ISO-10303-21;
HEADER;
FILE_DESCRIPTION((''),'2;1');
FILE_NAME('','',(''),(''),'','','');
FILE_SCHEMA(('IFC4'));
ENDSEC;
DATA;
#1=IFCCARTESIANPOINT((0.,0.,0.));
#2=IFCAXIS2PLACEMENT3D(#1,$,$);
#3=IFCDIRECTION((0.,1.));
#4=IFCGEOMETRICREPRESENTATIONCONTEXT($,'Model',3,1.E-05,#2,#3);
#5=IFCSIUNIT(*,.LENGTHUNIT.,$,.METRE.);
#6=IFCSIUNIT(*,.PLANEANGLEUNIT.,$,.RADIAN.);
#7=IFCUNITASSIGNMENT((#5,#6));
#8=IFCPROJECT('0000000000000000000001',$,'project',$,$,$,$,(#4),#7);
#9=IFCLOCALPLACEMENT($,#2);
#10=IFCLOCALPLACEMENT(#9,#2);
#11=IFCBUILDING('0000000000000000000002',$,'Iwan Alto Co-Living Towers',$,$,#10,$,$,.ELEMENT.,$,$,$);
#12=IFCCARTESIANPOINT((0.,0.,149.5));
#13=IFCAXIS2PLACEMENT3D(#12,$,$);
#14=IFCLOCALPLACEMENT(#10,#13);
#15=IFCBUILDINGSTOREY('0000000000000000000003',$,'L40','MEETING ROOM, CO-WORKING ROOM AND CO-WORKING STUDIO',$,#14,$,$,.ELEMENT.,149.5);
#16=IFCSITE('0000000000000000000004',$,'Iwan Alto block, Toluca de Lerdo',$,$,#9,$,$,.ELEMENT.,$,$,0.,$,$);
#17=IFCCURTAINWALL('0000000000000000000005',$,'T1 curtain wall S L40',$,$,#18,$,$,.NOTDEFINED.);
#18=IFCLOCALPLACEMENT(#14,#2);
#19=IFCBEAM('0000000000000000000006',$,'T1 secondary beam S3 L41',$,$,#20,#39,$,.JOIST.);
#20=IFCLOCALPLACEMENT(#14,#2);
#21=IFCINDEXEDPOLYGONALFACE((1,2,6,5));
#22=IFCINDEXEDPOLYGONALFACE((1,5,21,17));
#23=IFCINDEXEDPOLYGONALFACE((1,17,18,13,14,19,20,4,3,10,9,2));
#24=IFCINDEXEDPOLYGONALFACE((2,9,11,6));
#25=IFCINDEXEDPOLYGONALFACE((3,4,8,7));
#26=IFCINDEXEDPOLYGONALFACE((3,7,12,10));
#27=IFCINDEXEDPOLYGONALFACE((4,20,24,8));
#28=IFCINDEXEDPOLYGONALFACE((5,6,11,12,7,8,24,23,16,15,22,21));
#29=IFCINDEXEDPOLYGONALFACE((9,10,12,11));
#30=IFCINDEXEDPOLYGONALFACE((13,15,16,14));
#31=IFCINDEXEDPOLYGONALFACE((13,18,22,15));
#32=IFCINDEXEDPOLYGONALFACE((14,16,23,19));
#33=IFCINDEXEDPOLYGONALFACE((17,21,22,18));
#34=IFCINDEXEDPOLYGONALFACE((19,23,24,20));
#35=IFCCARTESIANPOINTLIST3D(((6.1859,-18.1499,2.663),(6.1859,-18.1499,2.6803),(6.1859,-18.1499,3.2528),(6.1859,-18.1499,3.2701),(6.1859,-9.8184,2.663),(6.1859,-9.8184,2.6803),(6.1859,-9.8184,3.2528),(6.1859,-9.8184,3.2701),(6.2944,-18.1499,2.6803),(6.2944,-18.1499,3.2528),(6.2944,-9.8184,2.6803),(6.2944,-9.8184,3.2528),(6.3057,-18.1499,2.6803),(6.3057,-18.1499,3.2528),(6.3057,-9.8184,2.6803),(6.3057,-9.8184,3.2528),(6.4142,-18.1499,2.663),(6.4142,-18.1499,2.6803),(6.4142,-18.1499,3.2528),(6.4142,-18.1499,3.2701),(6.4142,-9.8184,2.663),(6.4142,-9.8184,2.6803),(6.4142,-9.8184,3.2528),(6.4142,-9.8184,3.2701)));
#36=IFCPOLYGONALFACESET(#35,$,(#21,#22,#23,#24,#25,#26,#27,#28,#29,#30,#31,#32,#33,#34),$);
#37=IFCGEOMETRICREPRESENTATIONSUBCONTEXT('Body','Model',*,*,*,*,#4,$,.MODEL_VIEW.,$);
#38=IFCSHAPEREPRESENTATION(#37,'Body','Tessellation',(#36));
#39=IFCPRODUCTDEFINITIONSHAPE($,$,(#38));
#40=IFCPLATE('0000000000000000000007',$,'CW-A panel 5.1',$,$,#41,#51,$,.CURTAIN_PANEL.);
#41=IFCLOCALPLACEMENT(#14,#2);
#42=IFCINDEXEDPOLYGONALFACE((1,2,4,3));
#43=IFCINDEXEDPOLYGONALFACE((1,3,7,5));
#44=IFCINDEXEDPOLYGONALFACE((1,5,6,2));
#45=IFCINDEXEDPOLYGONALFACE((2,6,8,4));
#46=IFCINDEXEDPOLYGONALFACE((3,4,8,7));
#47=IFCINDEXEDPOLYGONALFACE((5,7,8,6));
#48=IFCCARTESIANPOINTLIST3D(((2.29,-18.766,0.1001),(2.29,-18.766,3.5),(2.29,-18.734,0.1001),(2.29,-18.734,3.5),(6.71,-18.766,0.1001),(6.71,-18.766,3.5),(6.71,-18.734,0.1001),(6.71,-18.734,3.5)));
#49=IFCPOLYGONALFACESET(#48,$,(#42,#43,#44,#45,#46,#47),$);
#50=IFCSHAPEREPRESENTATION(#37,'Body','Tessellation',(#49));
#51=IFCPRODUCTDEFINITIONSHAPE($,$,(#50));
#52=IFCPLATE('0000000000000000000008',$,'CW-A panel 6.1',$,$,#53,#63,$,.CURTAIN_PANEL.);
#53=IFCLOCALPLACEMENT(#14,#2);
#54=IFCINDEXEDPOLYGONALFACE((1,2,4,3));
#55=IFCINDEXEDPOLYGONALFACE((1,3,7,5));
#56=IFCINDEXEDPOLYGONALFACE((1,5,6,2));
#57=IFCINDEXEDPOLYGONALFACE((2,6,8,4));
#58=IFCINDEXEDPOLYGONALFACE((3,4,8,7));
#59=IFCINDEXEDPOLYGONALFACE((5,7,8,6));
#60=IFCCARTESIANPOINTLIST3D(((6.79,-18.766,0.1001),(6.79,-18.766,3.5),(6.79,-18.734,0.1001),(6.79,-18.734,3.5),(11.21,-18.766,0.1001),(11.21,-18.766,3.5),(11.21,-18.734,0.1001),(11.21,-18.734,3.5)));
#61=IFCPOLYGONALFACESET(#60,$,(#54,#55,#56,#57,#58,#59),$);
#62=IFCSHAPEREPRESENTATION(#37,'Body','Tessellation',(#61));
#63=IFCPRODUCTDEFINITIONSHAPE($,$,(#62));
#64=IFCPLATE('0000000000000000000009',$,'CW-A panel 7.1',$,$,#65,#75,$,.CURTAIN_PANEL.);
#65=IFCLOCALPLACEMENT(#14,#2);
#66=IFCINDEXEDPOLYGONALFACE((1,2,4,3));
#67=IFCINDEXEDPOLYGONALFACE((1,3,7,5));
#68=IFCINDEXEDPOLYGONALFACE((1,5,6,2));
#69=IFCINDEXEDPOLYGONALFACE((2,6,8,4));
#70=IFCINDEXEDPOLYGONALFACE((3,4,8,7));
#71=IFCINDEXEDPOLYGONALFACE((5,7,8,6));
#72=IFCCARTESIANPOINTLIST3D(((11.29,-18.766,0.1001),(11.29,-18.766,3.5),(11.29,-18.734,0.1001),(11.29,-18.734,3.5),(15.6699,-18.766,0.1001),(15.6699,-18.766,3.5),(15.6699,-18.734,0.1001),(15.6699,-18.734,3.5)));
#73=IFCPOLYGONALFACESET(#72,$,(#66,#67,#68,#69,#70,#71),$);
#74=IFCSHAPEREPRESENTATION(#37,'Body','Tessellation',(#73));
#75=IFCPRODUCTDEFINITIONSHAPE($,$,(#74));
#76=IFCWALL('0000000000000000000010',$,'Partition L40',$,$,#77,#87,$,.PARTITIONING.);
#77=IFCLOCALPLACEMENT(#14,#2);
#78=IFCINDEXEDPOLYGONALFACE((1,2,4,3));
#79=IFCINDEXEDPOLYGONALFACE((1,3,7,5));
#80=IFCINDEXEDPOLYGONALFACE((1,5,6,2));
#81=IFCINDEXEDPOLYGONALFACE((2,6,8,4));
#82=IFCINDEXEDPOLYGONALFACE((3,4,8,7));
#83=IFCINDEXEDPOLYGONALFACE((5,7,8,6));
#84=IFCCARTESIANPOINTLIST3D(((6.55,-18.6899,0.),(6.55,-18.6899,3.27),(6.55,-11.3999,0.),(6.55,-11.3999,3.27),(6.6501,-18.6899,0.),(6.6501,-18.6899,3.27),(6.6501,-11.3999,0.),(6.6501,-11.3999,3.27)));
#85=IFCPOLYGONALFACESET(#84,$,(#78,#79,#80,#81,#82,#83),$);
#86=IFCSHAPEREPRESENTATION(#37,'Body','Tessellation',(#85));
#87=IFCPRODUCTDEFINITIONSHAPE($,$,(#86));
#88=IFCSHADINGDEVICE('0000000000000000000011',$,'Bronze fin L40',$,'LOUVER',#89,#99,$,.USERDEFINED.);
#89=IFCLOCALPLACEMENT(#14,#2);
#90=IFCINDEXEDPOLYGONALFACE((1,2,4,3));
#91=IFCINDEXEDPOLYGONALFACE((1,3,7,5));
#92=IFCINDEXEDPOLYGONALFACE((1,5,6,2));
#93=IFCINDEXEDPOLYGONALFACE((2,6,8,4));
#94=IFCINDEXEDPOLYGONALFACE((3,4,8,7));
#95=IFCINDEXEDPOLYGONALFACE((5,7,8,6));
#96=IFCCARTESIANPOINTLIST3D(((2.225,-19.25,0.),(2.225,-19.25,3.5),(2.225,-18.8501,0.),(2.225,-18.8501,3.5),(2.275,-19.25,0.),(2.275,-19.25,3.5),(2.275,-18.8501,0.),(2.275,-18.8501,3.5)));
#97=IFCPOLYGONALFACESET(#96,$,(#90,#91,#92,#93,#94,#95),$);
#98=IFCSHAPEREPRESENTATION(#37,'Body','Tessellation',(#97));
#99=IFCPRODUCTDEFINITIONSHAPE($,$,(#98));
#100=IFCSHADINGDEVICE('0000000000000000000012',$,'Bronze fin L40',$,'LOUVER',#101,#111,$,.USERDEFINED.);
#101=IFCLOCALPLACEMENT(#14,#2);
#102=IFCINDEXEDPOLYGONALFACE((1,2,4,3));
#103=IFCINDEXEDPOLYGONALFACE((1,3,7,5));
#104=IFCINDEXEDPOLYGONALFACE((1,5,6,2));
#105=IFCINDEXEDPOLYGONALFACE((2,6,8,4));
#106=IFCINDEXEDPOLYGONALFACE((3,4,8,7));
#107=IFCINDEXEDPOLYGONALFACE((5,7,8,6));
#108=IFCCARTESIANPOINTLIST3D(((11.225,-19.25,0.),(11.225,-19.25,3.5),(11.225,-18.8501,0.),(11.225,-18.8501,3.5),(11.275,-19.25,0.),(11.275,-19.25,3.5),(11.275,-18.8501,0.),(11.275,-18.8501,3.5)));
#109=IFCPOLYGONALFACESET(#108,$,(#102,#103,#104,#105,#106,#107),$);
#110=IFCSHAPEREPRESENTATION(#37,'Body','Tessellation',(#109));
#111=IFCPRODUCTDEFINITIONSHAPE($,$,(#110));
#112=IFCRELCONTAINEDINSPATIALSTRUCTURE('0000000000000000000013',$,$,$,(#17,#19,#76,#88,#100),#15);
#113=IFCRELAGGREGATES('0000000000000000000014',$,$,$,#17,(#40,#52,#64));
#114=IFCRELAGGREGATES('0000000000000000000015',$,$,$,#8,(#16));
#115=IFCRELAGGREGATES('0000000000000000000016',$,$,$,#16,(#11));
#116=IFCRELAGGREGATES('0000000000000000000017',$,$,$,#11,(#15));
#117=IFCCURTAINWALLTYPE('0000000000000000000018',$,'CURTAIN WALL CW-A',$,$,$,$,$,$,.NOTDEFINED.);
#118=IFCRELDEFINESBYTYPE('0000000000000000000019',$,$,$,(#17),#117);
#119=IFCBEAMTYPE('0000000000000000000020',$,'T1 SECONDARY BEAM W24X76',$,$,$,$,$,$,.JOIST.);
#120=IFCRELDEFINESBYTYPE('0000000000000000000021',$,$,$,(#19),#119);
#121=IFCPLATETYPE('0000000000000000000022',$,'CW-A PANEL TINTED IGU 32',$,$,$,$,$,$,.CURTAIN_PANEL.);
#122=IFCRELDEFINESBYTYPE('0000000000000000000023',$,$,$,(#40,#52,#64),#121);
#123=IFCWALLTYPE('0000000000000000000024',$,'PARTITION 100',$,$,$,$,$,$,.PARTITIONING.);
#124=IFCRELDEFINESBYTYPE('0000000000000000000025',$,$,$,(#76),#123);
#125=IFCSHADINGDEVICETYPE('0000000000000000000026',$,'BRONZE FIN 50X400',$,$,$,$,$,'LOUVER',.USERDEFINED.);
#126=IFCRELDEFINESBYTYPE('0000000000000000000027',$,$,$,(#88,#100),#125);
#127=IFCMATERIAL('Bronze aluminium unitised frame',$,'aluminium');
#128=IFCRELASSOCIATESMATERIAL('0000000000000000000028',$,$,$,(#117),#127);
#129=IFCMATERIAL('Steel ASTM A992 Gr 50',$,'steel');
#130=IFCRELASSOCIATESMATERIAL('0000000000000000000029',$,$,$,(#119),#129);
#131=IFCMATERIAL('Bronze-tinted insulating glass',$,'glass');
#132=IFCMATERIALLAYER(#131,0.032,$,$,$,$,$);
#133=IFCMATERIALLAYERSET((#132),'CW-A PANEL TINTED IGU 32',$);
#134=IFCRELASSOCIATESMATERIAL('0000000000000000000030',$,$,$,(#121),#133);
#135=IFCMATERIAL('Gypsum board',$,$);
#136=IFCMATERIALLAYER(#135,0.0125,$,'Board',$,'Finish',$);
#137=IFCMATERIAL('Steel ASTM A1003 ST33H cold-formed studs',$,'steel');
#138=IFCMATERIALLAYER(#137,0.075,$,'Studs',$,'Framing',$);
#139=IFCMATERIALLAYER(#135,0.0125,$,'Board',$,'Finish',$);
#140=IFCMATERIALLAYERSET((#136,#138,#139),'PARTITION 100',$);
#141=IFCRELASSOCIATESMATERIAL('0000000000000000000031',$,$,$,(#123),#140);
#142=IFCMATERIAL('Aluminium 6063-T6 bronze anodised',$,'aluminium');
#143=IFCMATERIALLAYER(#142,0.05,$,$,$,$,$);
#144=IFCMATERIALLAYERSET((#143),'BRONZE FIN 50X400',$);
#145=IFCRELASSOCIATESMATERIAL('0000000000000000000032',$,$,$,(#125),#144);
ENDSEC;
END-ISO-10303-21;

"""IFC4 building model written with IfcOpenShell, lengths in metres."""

from ifc_helpers import new_model, si_unit, direction, frame, frame_2d, origin, origin_2d, place, context, subcontext, project, spatial, rectangle, i_section, extrude, material, layer, layer_set, material_profile, profile_set, type_object, element, aggregate, save


model = new_model("IFC4")

# Units and contexts
model_context = context("Model", 3, precision=1e-05, world=origin(), true_north=direction((0.0, 1.0)))
body_context = subcontext(model_context, "Body", "Model", "MODEL_VIEW")
ifc_project = project(units=[si_unit("LENGTHUNIT", "METRE"), si_unit("PLANEANGLEUNIT", "RADIAN")], contexts=[model_context])

# Site, building, storey
site_placement = place(None, origin())
site = spatial("IfcSite", under=ifc_project, at=site_placement, Name="Iwan Alto block, Toluca de Lerdo", CompositionType="ELEMENT", RefElevation=0.0)
building_placement = place(site_placement, origin())
building = spatial("IfcBuilding", under=site, at=building_placement, Name="Iwan Alto Co-Living Towers", CompositionType="ELEMENT")
storey_placement = place(building_placement, frame((0.0, 0.0, 149.5)))
storey = spatial("IfcBuildingStorey", under=building, at=storey_placement, Name="L40", Description="MEETING ROOM, CO-WORKING ROOM AND CO-WORKING STUDIO", CompositionType="ELEMENT", Elevation=149.5)

# Curtain wall
ifc_material_1 = material(Name="Bronze aluminium unitised frame", Category="aluminium")
curtain_wall_type = type_object("IfcCurtainWallType", Name="CURTAIN WALL CW-A", PredefinedType="NOTDEFINED", material=ifc_material_1)
curtain_wall_placement = place(storey_placement, origin())
curtain_wall = element("IfcCurtainWall", 1, at=curtain_wall_placement, inside=storey, type_object=curtain_wall_type, Name="T1 curtain wall S L40", PredefinedType="NOTDEFINED")

# Beam
ifc_material_2 = material(Name="Steel ASTM A992 Gr 50", Category="steel")
ifc_material_profile_1 = material_profile(ifc_material_2, i_section(OverallWidth=0.2283, OverallDepth=0.6072, WebThickness=0.0112, FlangeThickness=0.0173, at=origin_2d()), Name="W24X76")
ifc_profile_set_1 = profile_set([ifc_material_profile_1], Name="Steel ASTM A992 Gr 50")
beam_type_1 = type_object("IfcBeamType", Name="T1 SECONDARY BEAM W24X76", PredefinedType="JOIST", material=ifc_profile_set_1)
beam_1_placement = place(storey_placement, frame((6.3, -18.1499, 2.9666), z_axis=(0.0, 1.0, 0.0), x_axis=(-1.0, 0.0, 0.0)))
element("IfcBeam", 2, at=beam_1_placement, inside=storey, type_object=beam_type_1, Name="T1 secondary beam S3 L41", PredefinedType="JOIST", context=body_context, shape_type="SweptSolid", body=[
    extrude(i_section(OverallWidth=0.2283, OverallDepth=0.6072, WebThickness=0.0112, FlangeThickness=0.0173, at=origin_2d()), origin(), (0.0, 0.0, 1.0), 8.3315),
])

# Plates
ifc_material_3 = material(Name="Bronze-tinted insulating glass", Category="glass")
ifc_layer_1 = layer(ifc_material_3, 0.032)
ifc_layer_set_1 = layer_set([ifc_layer_1], Name="CW-A PANEL TINTED IGU 32")
plate_type = type_object("IfcPlateType", Name="CW-A PANEL TINTED IGU 32", PredefinedType="CURTAIN_PANEL", material=ifc_layer_set_1)
plate_1_placement = place(storey_placement, frame((4.5, -18.75, 0.1001), z_axis=(0.0, 0.0, 1.0), x_axis=(1.0, 0.0, 0.0)))
plate_1 = element("IfcPlate", 3, at=plate_1_placement, type_object=plate_type, Name="CW-A panel 5.1", PredefinedType="CURTAIN_PANEL", context=body_context, shape_type="SweptSolid", body=[
    extrude(rectangle(XDim=4.4199, YDim=0.032, at=origin_2d()), origin(), (0.0, 0.0, 1.0), 3.3999),
])
plate_2_placement = place(storey_placement, frame((9.0, -18.75, 0.1001), z_axis=(0.0, 0.0, 1.0), x_axis=(1.0, 0.0, 0.0)))
plate_2 = element("IfcPlate", 4, at=plate_2_placement, type_object=plate_type, Name="CW-A panel 6.1", PredefinedType="CURTAIN_PANEL", context=body_context, shape_type="SweptSolid", body=[
    extrude(rectangle(XDim=4.4199, YDim=0.032, at=origin_2d()), origin(), (0.0, 0.0, 1.0), 3.3999),
])
plate_3_placement = place(storey_placement, frame((13.48, -18.75, 0.1001), z_axis=(0.0, 0.0, 1.0), x_axis=(1.0, 0.0, 0.0)))
plate_3 = element("IfcPlate", 5, at=plate_3_placement, type_object=plate_type, Name="CW-A panel 7.1", PredefinedType="CURTAIN_PANEL", context=body_context, shape_type="SweptSolid", body=[
    extrude(rectangle(XDim=4.3799, YDim=0.032, at=origin_2d()), origin(), (0.0, 0.0, 1.0), 3.3999),
])
aggregate(curtain_wall, [plate_1, plate_2, plate_3])

# Wall
ifc_material_4 = material(Name="Gypsum board")
ifc_layer_2 = layer(ifc_material_4, 0.0125, Name="Board", Category="Finish")
ifc_material_5 = material(Name="Steel ASTM A1003 ST33H cold-formed studs", Category="steel")
ifc_layer_3 = layer(ifc_material_5, 0.075, Name="Studs", Category="Framing")
ifc_layer_4 = layer(ifc_material_4, 0.0125, Name="Board", Category="Finish")
ifc_layer_set_2 = layer_set([ifc_layer_2, ifc_layer_3, ifc_layer_4], Name="PARTITION 100")
wall_type = type_object("IfcWallType", Name="PARTITION 100", PredefinedType="PARTITIONING", material=ifc_layer_set_2)
wall_placement = place(storey_placement, frame((6.6001, -18.6899, 0.0), z_axis=(0.0, 0.0, 1.0), x_axis=(0.0, 1.0, 0.0)))
element("IfcWall", 6, at=wall_placement, inside=storey, type_object=wall_type, Name="Partition L40", PredefinedType="PARTITIONING", context=body_context, shape_type="SweptSolid", body=[
    extrude(rectangle(XDim=7.29, YDim=0.1001, at=frame_2d((3.645, 0.0))), origin(), (0.0, 0.0, 1.0), 3.27),
])

# Shading devices
ifc_material_6 = material(Name="Aluminium 6063-T6 bronze anodised", Category="aluminium")
ifc_layer_5 = layer(ifc_material_6, 0.05)
ifc_layer_set_3 = layer_set([ifc_layer_5], Name="BRONZE FIN 50X400")
shading_device_type = type_object("IfcShadingDeviceType", Name="BRONZE FIN 50X400", ElementType="LOUVER", PredefinedType="USERDEFINED", material=ifc_layer_set_3)
for number, where, z_axis, x_axis, name in (
    (7, (2.25, -19.05, 0.0), (0.0, 0.0, 1.0), (1.0, 0.0, 0.0), "Bronze fin L40"),
    (8, (11.25, -19.05, 0.0), (0.0, 0.0, 1.0), (1.0, 0.0, 0.0), "Bronze fin L40"),
):
    element("IfcShadingDevice", number, at=place(storey_placement, frame(where, z_axis=z_axis, x_axis=x_axis)), inside=storey, type_object=shading_device_type, Name=name, ObjectType="LOUVER", PredefinedType="USERDEFINED", context=body_context, shape_type="SweptSolid", body=[
        extrude(rectangle(XDim=0.05, YDim=0.3999, at=origin_2d()), origin(), (0.0, 0.0, 1.0), 3.5),
    ])

save(model, "model.ifc")
